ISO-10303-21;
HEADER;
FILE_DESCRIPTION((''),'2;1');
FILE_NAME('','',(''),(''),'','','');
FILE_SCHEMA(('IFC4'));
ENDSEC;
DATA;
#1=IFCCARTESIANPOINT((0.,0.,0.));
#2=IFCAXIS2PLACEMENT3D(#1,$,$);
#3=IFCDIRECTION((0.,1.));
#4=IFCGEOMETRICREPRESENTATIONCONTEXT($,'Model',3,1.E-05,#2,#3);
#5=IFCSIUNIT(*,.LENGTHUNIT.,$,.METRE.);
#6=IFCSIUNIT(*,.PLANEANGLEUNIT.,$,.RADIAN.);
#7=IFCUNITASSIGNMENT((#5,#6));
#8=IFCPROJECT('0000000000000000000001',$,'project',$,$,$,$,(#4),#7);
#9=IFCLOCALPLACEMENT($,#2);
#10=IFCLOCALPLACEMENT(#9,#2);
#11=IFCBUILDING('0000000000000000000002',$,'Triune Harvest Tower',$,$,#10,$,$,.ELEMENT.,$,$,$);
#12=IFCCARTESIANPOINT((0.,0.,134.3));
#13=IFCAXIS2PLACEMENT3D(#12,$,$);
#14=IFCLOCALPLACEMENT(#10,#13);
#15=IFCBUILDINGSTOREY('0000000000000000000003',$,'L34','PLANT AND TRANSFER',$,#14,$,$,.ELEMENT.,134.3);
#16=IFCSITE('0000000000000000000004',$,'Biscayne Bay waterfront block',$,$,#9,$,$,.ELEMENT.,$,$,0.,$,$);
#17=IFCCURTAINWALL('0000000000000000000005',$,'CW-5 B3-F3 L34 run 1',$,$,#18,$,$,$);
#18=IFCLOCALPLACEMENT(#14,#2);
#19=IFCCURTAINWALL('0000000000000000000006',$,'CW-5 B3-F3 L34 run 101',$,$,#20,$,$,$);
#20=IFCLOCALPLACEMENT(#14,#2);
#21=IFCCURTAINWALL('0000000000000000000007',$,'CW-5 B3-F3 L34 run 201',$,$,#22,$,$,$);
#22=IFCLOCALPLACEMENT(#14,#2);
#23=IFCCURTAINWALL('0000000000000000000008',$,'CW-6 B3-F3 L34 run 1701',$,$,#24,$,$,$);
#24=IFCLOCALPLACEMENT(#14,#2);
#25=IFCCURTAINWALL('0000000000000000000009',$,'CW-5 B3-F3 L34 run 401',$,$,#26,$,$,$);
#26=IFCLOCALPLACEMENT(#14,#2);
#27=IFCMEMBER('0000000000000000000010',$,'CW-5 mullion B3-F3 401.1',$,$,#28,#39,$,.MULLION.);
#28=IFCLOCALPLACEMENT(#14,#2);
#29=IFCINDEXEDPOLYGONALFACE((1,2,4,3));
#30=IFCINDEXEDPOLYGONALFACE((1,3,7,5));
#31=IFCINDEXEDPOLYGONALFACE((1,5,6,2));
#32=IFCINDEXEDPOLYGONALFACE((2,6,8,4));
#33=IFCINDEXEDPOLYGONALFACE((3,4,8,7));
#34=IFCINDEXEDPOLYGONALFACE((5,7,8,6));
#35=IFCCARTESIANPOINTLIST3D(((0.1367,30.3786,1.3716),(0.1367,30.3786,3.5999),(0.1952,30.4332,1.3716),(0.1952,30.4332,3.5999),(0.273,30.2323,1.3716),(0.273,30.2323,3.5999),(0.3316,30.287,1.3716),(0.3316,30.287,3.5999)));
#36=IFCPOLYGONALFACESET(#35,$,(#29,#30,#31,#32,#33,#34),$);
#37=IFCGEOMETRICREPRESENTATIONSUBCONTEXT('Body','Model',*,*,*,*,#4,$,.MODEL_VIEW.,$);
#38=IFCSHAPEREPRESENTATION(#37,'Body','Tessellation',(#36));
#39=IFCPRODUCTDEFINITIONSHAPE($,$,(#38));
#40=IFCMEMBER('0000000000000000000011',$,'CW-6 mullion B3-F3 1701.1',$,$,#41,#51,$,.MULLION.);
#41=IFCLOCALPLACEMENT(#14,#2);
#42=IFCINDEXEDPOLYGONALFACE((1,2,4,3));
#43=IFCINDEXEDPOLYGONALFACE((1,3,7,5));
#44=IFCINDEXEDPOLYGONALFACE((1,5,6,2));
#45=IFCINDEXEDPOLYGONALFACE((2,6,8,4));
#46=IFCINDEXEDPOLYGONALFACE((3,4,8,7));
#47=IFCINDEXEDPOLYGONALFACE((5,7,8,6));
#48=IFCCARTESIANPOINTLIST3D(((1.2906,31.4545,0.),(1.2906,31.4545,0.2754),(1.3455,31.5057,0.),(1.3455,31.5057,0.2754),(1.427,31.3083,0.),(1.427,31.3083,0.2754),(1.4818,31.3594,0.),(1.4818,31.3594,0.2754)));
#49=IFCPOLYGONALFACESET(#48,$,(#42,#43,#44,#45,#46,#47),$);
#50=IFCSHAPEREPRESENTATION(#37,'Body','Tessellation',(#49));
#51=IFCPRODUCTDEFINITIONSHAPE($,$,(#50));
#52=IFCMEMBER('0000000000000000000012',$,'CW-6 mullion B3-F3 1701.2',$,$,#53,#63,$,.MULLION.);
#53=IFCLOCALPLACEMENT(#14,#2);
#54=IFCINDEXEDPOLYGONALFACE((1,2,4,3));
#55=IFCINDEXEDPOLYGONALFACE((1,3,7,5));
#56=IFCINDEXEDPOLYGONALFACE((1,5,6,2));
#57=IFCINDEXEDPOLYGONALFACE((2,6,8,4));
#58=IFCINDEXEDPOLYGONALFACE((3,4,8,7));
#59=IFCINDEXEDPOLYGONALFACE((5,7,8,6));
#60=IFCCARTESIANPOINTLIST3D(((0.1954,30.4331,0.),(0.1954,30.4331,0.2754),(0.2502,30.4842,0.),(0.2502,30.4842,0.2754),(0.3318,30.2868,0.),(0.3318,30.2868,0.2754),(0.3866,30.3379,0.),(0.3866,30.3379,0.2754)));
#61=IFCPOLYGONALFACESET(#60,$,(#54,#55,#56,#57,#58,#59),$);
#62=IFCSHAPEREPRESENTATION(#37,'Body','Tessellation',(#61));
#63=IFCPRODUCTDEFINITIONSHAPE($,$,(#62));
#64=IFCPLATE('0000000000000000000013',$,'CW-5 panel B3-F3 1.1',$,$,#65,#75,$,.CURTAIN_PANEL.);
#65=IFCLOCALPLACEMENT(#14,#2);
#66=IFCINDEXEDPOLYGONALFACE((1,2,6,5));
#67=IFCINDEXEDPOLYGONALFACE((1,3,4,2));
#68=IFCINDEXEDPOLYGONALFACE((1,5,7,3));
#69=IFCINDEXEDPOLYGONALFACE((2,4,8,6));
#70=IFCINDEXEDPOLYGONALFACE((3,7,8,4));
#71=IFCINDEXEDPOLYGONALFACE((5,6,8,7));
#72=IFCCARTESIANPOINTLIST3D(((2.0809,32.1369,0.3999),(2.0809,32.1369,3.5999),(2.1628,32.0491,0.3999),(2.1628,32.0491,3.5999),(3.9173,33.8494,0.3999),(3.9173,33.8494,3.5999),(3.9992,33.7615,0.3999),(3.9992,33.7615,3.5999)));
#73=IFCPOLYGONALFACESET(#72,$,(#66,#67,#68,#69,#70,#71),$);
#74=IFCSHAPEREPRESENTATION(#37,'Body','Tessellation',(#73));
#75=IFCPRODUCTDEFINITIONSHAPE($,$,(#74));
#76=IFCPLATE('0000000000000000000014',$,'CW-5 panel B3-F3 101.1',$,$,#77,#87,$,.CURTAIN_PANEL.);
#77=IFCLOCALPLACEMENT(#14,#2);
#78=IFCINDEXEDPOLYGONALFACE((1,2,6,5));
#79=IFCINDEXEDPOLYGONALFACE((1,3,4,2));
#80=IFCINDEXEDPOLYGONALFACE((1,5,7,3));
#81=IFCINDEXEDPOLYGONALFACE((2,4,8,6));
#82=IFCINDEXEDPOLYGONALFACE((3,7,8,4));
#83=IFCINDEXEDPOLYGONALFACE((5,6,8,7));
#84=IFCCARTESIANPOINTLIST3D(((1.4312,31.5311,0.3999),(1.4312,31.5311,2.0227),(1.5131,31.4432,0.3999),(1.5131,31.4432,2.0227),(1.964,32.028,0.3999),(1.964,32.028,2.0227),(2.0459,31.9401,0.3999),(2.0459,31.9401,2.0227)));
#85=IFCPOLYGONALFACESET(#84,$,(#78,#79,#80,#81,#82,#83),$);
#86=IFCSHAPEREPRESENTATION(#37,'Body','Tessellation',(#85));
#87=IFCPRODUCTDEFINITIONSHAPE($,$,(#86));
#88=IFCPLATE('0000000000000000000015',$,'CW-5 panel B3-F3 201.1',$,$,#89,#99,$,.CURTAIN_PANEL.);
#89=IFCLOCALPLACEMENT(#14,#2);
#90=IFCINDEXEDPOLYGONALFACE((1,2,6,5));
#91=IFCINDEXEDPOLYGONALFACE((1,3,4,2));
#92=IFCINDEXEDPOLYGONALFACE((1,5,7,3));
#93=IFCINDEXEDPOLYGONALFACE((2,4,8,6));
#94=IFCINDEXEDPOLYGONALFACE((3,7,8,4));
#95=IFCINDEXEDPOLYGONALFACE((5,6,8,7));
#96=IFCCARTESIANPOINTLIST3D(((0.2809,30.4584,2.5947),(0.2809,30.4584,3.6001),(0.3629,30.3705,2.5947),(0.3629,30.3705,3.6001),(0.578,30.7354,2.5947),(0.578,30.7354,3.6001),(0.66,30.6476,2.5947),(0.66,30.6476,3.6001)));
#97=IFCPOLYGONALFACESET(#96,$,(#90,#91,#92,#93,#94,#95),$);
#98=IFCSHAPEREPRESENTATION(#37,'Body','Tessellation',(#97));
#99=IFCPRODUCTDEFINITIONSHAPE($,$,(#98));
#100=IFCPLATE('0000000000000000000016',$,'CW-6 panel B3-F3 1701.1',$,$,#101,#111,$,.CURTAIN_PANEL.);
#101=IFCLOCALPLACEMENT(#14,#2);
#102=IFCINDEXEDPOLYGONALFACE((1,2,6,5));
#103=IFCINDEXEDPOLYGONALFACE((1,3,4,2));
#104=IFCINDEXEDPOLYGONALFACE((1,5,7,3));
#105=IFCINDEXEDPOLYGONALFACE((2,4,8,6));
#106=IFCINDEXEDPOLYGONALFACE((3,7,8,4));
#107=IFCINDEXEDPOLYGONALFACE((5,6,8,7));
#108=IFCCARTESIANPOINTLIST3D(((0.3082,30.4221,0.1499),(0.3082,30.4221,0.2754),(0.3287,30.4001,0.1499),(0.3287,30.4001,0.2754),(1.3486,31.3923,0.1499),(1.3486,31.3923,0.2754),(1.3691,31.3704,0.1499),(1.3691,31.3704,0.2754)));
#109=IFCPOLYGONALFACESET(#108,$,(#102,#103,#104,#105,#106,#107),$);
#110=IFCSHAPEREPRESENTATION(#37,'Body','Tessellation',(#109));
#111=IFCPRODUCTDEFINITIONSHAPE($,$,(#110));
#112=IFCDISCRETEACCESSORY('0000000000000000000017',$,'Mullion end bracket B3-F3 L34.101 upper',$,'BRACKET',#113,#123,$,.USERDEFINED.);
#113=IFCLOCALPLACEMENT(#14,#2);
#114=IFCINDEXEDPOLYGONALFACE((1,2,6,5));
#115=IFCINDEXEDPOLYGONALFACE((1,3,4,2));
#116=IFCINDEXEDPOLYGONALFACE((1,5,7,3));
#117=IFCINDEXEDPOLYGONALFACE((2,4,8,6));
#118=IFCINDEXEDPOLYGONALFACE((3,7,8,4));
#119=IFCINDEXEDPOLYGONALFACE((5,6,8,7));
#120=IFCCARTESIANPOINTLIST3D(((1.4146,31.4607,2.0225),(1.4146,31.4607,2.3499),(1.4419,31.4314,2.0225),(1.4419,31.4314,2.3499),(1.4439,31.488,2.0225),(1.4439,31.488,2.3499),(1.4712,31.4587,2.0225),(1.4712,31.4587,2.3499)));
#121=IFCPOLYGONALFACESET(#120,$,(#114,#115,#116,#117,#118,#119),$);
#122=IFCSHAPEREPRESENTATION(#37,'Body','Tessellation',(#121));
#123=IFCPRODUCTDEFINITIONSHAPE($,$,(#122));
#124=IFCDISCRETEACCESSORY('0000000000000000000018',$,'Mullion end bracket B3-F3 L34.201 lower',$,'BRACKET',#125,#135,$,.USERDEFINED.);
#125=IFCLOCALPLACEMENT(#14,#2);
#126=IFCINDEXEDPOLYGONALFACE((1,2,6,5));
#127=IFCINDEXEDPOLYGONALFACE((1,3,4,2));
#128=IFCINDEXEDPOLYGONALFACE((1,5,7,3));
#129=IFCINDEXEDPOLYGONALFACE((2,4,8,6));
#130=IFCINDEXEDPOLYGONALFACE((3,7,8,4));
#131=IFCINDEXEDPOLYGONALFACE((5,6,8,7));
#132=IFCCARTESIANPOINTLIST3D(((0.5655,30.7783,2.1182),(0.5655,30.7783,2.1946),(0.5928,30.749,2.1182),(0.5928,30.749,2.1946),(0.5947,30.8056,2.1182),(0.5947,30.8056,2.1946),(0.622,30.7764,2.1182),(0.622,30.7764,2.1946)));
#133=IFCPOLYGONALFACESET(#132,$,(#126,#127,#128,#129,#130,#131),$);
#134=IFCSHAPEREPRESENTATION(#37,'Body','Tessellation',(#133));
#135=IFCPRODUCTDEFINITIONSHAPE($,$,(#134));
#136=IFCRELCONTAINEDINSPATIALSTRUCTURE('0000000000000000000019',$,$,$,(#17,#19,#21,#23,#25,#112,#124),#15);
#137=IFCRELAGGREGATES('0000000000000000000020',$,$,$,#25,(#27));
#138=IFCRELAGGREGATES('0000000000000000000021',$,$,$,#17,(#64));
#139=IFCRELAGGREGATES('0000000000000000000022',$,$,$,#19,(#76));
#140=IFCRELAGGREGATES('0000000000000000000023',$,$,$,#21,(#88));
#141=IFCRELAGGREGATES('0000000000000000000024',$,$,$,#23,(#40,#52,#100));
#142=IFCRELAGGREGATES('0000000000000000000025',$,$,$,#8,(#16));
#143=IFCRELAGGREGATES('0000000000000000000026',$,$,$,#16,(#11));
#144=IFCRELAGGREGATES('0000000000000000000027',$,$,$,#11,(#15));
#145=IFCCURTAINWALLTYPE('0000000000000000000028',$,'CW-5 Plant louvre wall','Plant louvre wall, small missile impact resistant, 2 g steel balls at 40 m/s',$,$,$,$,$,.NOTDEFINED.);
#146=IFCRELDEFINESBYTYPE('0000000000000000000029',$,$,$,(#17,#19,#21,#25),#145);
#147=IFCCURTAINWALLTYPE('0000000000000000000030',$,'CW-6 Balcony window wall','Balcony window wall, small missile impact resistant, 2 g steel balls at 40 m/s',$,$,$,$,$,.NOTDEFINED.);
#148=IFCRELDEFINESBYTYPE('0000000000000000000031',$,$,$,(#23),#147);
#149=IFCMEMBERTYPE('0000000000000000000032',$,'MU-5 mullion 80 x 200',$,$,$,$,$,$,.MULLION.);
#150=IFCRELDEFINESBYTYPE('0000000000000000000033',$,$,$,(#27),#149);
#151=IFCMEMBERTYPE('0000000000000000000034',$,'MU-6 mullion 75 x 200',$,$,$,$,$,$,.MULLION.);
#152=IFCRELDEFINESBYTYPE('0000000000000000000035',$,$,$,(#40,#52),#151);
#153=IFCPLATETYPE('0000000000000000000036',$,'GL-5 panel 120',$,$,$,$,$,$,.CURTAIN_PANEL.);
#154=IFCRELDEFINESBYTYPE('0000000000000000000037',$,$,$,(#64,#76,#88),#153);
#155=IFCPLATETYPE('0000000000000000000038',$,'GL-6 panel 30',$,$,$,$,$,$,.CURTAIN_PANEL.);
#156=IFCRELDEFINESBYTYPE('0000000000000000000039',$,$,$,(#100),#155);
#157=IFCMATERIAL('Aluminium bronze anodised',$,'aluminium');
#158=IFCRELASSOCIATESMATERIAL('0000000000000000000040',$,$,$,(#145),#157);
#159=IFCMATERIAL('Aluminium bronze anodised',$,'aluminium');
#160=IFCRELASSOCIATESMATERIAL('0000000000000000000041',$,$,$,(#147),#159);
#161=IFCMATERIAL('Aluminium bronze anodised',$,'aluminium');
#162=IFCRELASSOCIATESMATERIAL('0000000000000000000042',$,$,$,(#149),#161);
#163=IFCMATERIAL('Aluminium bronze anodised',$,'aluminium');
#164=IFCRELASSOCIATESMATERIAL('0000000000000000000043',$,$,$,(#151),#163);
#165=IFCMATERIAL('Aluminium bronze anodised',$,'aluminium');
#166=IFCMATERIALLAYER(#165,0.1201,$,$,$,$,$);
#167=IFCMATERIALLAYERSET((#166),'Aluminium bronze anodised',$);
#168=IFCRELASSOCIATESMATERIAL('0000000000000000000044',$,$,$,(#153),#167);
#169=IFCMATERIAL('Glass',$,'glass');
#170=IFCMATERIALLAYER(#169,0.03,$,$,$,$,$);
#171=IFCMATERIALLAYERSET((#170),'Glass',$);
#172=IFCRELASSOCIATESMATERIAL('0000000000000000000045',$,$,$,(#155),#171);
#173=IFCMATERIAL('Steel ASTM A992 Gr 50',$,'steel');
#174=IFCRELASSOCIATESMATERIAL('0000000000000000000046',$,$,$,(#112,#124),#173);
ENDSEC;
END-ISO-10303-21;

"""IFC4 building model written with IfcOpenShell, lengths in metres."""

from ifc_helpers import new_model, si_unit, direction, frame, origin, origin_2d, place, context, subcontext, project, spatial, rectangle, extrude, source, transform, mapped, material, layer, layer_set, material_profile, profile_set, type_object, element, aggregate, save


model = new_model("IFC4")

# Units and contexts
model_context = context("Model", 3, precision=1e-05, world=origin(), true_north=direction((0.0, 1.0)))
body_context = subcontext(model_context, "Body", "Model", "MODEL_VIEW")
ifc_project = project(units=[si_unit("LENGTHUNIT", "METRE"), si_unit("PLANEANGLEUNIT", "RADIAN")], contexts=[model_context])

# Site, building, storey
site_placement = place(None, origin())
site = spatial("IfcSite", under=ifc_project, at=site_placement, Name="Biscayne Bay waterfront block", CompositionType="ELEMENT", RefElevation=0.0)
building_placement = place(site_placement, origin())
building = spatial("IfcBuilding", under=site, at=building_placement, Name="Triune Harvest Tower", CompositionType="ELEMENT")
storey_placement = place(building_placement, frame((0.0, 0.0, 134.3)))
storey = spatial("IfcBuildingStorey", under=building, at=storey_placement, Name="L34", Description="PLANT AND TRANSFER", CompositionType="ELEMENT", Elevation=134.3)

# Curtain walls
ifc_material_1 = material(Name="Aluminium bronze anodised", Category="aluminium")
curtain_wall_type_1 = type_object("IfcCurtainWallType", Name="CW-5 Plant louvre wall", Description="Plant louvre wall, small missile impact resistant, 2 g steel balls at 40 m/s", PredefinedType="NOTDEFINED", material=ifc_material_1)
curtain_wall_1_placement = place(storey_placement, origin())
curtain_wall_1 = element("IfcCurtainWall", 1, at=curtain_wall_1_placement, inside=storey, type_object=curtain_wall_type_1, Name="CW-5 B3-F3 L34 run 1")
curtain_wall_2_placement = place(storey_placement, origin())
curtain_wall_2 = element("IfcCurtainWall", 2, at=curtain_wall_2_placement, inside=storey, type_object=curtain_wall_type_1, Name="CW-5 B3-F3 L34 run 101")
curtain_wall_3_placement = place(storey_placement, origin())
curtain_wall_3 = element("IfcCurtainWall", 3, at=curtain_wall_3_placement, inside=storey, type_object=curtain_wall_type_1, Name="CW-5 B3-F3 L34 run 201")
ifc_material_2 = material(Name="Aluminium bronze anodised", Category="aluminium")
curtain_wall_type_2 = type_object("IfcCurtainWallType", Name="CW-6 Balcony window wall", Description="Balcony window wall, small missile impact resistant, 2 g steel balls at 40 m/s", PredefinedType="NOTDEFINED", material=ifc_material_2)
curtain_wall_4_placement = place(storey_placement, origin())
curtain_wall_4 = element("IfcCurtainWall", 4, at=curtain_wall_4_placement, inside=storey, type_object=curtain_wall_type_2, Name="CW-6 B3-F3 L34 run 1701")

# Shared definitions
ifc_material_3 = material(Name="Aluminium bronze anodised", Category="aluminium")
ifc_material_profile_1 = material_profile(ifc_material_3, rectangle(XDim=0.2, YDim=0.0801, at=origin_2d()), Name="MU-5 mullion 80 x 200")
ifc_profile_set_1 = profile_set([ifc_material_profile_1], Name="Aluminium bronze anodised")
member_type_1 = type_object("IfcMemberType", Name="MU-5 mullion 80 x 200", PredefinedType="MULLION", material=ifc_profile_set_1)

# Curtain wall, member
curtain_wall_5_placement = place(storey_placement, origin())
curtain_wall_5 = element("IfcCurtainWall", 5, at=curtain_wall_5_placement, inside=storey, type_object=curtain_wall_type_1, Name="CW-5 B3-F3 L34 run 401")
shared_shape_1 = source(origin(), body_context, "Body", "SweptSolid", [
    extrude(rectangle(XDim=0.2, YDim=0.0801, at=origin_2d()), origin(), (0.0, 0.0, 1.0), 2.2283),
])
member_1_placement = place(storey_placement, frame((0.2341, 30.3328, 1.3716), z_axis=(0.0, 0.0, 1.0), x_axis=(0.682, -0.731352, 0.0)))
member_1 = element("IfcMember", 6, at=member_1_placement, type_object=member_type_1, Name="CW-5 mullion B3-F3 401.1", PredefinedType="MULLION", context=body_context, shape_type="MappedRepresentation", body=[
    mapped(shared_shape_1, transform((0.0, 0.0, 0.0), scale=1.0)),
])
aggregate(curtain_wall_5, [member_1])

# Members
ifc_material_4 = material(Name="Aluminium bronze anodised", Category="aluminium")
ifc_material_profile_2 = material_profile(ifc_material_4, rectangle(XDim=0.2, YDim=0.075, at=origin_2d()), Name="MU-6 mullion 75 x 200")
ifc_profile_set_2 = profile_set([ifc_material_profile_2], Name="Aluminium bronze anodised")
member_type_2 = type_object("IfcMemberType", Name="MU-6 mullion 75 x 200", PredefinedType="MULLION", material=ifc_profile_set_2)
shared_shape_2 = source(origin(), body_context, "Body", "SweptSolid", [
    extrude(rectangle(XDim=0.2, YDim=0.075, at=origin_2d()), origin(), (0.0, 0.0, 1.0), 0.2754),
])
member_2_placement = place(storey_placement, frame((1.3862, 31.407, 0.0), z_axis=(0.0, 0.0, 1.0), x_axis=(0.682003, -0.731349, 0.0)))
member_2 = element("IfcMember", 7, at=member_2_placement, type_object=member_type_2, Name="CW-6 mullion B3-F3 1701.1", PredefinedType="MULLION", context=body_context, shape_type="MappedRepresentation", body=[
    mapped(shared_shape_2, transform((0.0, 0.0, 0.0), scale=1.0)),
])
member_3_placement = place(storey_placement, frame((0.291, 30.3855, 0.0), z_axis=(0.0, 0.0, 1.0), x_axis=(0.682003, -0.731349, 0.0)))
member_3 = element("IfcMember", 8, at=member_3_placement, type_object=member_type_2, Name="CW-6 mullion B3-F3 1701.2", PredefinedType="MULLION", context=body_context, shape_type="MappedRepresentation", body=[
    mapped(shared_shape_2, transform((0.0, 0.0, 0.0), scale=1.0)),
])

# Plates
ifc_material_5 = material(Name="Aluminium bronze anodised", Category="aluminium")
ifc_layer_1 = layer(ifc_material_5, 0.1201)
ifc_layer_set_1 = layer_set([ifc_layer_1], Name="Aluminium bronze anodised")
plate_type_1 = type_object("IfcPlateType", Name="GL-5 panel 120", PredefinedType="CURTAIN_PANEL", material=ifc_layer_set_1)
plate_1_placement = place(storey_placement, frame((3.04, 32.9492, 0.3999), z_axis=(0.0, 0.0, 1.0), x_axis=(-0.731368, -0.681983, 0.0)))
plate_1 = element("IfcPlate", 9, at=plate_1_placement, type_object=plate_type_1, Name="CW-5 panel B3-F3 1.1", PredefinedType="CURTAIN_PANEL", context=body_context, shape_type="SweptSolid", body=[
    extrude(rectangle(XDim=2.511, YDim=0.1201, at=origin_2d()), origin(), (0.0, 0.0, 1.0), 3.2),
])
aggregate(curtain_wall_1, [plate_1])
plate_2_placement = place(storey_placement, frame((1.7385, 31.7356, 0.3999), z_axis=(0.0, 0.0, 1.0), x_axis=(-0.731325, -0.682029, 0.0)))
plate_2 = element("IfcPlate", 10, at=plate_2_placement, type_object=plate_type_1, Name="CW-5 panel B3-F3 101.1", PredefinedType="CURTAIN_PANEL", context=body_context, shape_type="SweptSolid", body=[
    extrude(rectangle(XDim=0.7285, YDim=0.1201, at=origin_2d()), origin(), (0.0, 0.0, 1.0), 1.6228),
])
aggregate(curtain_wall_2, [plate_2])
plate_3_placement = place(storey_placement, frame((0.4705, 30.553, 2.5947), z_axis=(0.0, 0.0, 1.0), x_axis=(-0.731314, -0.682041, 0.0)))
plate_3 = element("IfcPlate", 11, at=plate_3_placement, type_object=plate_type_1, Name="CW-5 panel B3-F3 201.1", PredefinedType="CURTAIN_PANEL", context=body_context, shape_type="SweptSolid", body=[
    extrude(rectangle(XDim=0.4062, YDim=0.1201, at=origin_2d()), origin(), (0.0, 0.0, 1.0), 1.0054),
])
aggregate(curtain_wall_3, [plate_3])
ifc_material_6 = material(Name="Glass", Category="glass")
ifc_layer_2 = layer(ifc_material_6, 0.03)
ifc_layer_set_2 = layer_set([ifc_layer_2], Name="Glass")
plate_type_2 = type_object("IfcPlateType", Name="GL-6 panel 30", PredefinedType="CURTAIN_PANEL", material=ifc_layer_set_2)
plate_4_placement = place(storey_placement, frame((0.8386, 30.8962, 0.1499), z_axis=(0.0, 0.0, 1.0), x_axis=(-0.731349, -0.682003, 0.0)))
plate_4 = element("IfcPlate", 12, at=plate_4_placement, type_object=plate_type_2, Name="CW-6 panel B3-F3 1701.1", PredefinedType="CURTAIN_PANEL", context=body_context, shape_type="SweptSolid", body=[
    extrude(rectangle(XDim=1.4226, YDim=0.03, at=origin_2d()), origin(), (0.0, 0.0, 1.0), 0.1255),
])
aggregate(curtain_wall_4, [member_2, member_3, plate_4])

# Discrete accessories
ifc_material_7 = material(Name="Steel ASTM A992 Gr 50", Category="steel")
discrete_accessory_1_placement = place(storey_placement, frame((1.4429, 31.4597, 2.0225), z_axis=(0.0, 0.0, 1.0), x_axis=(-0.731325, -0.682029, 0.0)))
element("IfcDiscreteAccessory", 13, at=discrete_accessory_1_placement, inside=storey, material=ifc_material_7, Name="Mullion end bracket B3-F3 L34.101 upper", ObjectType="BRACKET", PredefinedType="USERDEFINED", context=body_context, shape_type="SweptSolid", body=[
    extrude(rectangle(XDim=0.04, YDim=0.04, at=origin_2d()), origin(), (0.0, 0.0, 1.0), 0.3274),
])
discrete_accessory_2_placement = place(storey_placement, frame((0.5938, 30.7773, 2.1182), z_axis=(0.0, 0.0, 1.0), x_axis=(-0.731313, -0.682042, 0.0)))
element("IfcDiscreteAccessory", 14, at=discrete_accessory_2_placement, inside=storey, material=ifc_material_7, Name="Mullion end bracket B3-F3 L34.201 lower", ObjectType="BRACKET", PredefinedType="USERDEFINED", context=body_context, shape_type="SweptSolid", body=[
    extrude(rectangle(XDim=0.04, YDim=0.04, at=origin_2d()), origin(), (0.0, 0.0, 1.0), 0.0764),
])

save(model, "model.ifc")
